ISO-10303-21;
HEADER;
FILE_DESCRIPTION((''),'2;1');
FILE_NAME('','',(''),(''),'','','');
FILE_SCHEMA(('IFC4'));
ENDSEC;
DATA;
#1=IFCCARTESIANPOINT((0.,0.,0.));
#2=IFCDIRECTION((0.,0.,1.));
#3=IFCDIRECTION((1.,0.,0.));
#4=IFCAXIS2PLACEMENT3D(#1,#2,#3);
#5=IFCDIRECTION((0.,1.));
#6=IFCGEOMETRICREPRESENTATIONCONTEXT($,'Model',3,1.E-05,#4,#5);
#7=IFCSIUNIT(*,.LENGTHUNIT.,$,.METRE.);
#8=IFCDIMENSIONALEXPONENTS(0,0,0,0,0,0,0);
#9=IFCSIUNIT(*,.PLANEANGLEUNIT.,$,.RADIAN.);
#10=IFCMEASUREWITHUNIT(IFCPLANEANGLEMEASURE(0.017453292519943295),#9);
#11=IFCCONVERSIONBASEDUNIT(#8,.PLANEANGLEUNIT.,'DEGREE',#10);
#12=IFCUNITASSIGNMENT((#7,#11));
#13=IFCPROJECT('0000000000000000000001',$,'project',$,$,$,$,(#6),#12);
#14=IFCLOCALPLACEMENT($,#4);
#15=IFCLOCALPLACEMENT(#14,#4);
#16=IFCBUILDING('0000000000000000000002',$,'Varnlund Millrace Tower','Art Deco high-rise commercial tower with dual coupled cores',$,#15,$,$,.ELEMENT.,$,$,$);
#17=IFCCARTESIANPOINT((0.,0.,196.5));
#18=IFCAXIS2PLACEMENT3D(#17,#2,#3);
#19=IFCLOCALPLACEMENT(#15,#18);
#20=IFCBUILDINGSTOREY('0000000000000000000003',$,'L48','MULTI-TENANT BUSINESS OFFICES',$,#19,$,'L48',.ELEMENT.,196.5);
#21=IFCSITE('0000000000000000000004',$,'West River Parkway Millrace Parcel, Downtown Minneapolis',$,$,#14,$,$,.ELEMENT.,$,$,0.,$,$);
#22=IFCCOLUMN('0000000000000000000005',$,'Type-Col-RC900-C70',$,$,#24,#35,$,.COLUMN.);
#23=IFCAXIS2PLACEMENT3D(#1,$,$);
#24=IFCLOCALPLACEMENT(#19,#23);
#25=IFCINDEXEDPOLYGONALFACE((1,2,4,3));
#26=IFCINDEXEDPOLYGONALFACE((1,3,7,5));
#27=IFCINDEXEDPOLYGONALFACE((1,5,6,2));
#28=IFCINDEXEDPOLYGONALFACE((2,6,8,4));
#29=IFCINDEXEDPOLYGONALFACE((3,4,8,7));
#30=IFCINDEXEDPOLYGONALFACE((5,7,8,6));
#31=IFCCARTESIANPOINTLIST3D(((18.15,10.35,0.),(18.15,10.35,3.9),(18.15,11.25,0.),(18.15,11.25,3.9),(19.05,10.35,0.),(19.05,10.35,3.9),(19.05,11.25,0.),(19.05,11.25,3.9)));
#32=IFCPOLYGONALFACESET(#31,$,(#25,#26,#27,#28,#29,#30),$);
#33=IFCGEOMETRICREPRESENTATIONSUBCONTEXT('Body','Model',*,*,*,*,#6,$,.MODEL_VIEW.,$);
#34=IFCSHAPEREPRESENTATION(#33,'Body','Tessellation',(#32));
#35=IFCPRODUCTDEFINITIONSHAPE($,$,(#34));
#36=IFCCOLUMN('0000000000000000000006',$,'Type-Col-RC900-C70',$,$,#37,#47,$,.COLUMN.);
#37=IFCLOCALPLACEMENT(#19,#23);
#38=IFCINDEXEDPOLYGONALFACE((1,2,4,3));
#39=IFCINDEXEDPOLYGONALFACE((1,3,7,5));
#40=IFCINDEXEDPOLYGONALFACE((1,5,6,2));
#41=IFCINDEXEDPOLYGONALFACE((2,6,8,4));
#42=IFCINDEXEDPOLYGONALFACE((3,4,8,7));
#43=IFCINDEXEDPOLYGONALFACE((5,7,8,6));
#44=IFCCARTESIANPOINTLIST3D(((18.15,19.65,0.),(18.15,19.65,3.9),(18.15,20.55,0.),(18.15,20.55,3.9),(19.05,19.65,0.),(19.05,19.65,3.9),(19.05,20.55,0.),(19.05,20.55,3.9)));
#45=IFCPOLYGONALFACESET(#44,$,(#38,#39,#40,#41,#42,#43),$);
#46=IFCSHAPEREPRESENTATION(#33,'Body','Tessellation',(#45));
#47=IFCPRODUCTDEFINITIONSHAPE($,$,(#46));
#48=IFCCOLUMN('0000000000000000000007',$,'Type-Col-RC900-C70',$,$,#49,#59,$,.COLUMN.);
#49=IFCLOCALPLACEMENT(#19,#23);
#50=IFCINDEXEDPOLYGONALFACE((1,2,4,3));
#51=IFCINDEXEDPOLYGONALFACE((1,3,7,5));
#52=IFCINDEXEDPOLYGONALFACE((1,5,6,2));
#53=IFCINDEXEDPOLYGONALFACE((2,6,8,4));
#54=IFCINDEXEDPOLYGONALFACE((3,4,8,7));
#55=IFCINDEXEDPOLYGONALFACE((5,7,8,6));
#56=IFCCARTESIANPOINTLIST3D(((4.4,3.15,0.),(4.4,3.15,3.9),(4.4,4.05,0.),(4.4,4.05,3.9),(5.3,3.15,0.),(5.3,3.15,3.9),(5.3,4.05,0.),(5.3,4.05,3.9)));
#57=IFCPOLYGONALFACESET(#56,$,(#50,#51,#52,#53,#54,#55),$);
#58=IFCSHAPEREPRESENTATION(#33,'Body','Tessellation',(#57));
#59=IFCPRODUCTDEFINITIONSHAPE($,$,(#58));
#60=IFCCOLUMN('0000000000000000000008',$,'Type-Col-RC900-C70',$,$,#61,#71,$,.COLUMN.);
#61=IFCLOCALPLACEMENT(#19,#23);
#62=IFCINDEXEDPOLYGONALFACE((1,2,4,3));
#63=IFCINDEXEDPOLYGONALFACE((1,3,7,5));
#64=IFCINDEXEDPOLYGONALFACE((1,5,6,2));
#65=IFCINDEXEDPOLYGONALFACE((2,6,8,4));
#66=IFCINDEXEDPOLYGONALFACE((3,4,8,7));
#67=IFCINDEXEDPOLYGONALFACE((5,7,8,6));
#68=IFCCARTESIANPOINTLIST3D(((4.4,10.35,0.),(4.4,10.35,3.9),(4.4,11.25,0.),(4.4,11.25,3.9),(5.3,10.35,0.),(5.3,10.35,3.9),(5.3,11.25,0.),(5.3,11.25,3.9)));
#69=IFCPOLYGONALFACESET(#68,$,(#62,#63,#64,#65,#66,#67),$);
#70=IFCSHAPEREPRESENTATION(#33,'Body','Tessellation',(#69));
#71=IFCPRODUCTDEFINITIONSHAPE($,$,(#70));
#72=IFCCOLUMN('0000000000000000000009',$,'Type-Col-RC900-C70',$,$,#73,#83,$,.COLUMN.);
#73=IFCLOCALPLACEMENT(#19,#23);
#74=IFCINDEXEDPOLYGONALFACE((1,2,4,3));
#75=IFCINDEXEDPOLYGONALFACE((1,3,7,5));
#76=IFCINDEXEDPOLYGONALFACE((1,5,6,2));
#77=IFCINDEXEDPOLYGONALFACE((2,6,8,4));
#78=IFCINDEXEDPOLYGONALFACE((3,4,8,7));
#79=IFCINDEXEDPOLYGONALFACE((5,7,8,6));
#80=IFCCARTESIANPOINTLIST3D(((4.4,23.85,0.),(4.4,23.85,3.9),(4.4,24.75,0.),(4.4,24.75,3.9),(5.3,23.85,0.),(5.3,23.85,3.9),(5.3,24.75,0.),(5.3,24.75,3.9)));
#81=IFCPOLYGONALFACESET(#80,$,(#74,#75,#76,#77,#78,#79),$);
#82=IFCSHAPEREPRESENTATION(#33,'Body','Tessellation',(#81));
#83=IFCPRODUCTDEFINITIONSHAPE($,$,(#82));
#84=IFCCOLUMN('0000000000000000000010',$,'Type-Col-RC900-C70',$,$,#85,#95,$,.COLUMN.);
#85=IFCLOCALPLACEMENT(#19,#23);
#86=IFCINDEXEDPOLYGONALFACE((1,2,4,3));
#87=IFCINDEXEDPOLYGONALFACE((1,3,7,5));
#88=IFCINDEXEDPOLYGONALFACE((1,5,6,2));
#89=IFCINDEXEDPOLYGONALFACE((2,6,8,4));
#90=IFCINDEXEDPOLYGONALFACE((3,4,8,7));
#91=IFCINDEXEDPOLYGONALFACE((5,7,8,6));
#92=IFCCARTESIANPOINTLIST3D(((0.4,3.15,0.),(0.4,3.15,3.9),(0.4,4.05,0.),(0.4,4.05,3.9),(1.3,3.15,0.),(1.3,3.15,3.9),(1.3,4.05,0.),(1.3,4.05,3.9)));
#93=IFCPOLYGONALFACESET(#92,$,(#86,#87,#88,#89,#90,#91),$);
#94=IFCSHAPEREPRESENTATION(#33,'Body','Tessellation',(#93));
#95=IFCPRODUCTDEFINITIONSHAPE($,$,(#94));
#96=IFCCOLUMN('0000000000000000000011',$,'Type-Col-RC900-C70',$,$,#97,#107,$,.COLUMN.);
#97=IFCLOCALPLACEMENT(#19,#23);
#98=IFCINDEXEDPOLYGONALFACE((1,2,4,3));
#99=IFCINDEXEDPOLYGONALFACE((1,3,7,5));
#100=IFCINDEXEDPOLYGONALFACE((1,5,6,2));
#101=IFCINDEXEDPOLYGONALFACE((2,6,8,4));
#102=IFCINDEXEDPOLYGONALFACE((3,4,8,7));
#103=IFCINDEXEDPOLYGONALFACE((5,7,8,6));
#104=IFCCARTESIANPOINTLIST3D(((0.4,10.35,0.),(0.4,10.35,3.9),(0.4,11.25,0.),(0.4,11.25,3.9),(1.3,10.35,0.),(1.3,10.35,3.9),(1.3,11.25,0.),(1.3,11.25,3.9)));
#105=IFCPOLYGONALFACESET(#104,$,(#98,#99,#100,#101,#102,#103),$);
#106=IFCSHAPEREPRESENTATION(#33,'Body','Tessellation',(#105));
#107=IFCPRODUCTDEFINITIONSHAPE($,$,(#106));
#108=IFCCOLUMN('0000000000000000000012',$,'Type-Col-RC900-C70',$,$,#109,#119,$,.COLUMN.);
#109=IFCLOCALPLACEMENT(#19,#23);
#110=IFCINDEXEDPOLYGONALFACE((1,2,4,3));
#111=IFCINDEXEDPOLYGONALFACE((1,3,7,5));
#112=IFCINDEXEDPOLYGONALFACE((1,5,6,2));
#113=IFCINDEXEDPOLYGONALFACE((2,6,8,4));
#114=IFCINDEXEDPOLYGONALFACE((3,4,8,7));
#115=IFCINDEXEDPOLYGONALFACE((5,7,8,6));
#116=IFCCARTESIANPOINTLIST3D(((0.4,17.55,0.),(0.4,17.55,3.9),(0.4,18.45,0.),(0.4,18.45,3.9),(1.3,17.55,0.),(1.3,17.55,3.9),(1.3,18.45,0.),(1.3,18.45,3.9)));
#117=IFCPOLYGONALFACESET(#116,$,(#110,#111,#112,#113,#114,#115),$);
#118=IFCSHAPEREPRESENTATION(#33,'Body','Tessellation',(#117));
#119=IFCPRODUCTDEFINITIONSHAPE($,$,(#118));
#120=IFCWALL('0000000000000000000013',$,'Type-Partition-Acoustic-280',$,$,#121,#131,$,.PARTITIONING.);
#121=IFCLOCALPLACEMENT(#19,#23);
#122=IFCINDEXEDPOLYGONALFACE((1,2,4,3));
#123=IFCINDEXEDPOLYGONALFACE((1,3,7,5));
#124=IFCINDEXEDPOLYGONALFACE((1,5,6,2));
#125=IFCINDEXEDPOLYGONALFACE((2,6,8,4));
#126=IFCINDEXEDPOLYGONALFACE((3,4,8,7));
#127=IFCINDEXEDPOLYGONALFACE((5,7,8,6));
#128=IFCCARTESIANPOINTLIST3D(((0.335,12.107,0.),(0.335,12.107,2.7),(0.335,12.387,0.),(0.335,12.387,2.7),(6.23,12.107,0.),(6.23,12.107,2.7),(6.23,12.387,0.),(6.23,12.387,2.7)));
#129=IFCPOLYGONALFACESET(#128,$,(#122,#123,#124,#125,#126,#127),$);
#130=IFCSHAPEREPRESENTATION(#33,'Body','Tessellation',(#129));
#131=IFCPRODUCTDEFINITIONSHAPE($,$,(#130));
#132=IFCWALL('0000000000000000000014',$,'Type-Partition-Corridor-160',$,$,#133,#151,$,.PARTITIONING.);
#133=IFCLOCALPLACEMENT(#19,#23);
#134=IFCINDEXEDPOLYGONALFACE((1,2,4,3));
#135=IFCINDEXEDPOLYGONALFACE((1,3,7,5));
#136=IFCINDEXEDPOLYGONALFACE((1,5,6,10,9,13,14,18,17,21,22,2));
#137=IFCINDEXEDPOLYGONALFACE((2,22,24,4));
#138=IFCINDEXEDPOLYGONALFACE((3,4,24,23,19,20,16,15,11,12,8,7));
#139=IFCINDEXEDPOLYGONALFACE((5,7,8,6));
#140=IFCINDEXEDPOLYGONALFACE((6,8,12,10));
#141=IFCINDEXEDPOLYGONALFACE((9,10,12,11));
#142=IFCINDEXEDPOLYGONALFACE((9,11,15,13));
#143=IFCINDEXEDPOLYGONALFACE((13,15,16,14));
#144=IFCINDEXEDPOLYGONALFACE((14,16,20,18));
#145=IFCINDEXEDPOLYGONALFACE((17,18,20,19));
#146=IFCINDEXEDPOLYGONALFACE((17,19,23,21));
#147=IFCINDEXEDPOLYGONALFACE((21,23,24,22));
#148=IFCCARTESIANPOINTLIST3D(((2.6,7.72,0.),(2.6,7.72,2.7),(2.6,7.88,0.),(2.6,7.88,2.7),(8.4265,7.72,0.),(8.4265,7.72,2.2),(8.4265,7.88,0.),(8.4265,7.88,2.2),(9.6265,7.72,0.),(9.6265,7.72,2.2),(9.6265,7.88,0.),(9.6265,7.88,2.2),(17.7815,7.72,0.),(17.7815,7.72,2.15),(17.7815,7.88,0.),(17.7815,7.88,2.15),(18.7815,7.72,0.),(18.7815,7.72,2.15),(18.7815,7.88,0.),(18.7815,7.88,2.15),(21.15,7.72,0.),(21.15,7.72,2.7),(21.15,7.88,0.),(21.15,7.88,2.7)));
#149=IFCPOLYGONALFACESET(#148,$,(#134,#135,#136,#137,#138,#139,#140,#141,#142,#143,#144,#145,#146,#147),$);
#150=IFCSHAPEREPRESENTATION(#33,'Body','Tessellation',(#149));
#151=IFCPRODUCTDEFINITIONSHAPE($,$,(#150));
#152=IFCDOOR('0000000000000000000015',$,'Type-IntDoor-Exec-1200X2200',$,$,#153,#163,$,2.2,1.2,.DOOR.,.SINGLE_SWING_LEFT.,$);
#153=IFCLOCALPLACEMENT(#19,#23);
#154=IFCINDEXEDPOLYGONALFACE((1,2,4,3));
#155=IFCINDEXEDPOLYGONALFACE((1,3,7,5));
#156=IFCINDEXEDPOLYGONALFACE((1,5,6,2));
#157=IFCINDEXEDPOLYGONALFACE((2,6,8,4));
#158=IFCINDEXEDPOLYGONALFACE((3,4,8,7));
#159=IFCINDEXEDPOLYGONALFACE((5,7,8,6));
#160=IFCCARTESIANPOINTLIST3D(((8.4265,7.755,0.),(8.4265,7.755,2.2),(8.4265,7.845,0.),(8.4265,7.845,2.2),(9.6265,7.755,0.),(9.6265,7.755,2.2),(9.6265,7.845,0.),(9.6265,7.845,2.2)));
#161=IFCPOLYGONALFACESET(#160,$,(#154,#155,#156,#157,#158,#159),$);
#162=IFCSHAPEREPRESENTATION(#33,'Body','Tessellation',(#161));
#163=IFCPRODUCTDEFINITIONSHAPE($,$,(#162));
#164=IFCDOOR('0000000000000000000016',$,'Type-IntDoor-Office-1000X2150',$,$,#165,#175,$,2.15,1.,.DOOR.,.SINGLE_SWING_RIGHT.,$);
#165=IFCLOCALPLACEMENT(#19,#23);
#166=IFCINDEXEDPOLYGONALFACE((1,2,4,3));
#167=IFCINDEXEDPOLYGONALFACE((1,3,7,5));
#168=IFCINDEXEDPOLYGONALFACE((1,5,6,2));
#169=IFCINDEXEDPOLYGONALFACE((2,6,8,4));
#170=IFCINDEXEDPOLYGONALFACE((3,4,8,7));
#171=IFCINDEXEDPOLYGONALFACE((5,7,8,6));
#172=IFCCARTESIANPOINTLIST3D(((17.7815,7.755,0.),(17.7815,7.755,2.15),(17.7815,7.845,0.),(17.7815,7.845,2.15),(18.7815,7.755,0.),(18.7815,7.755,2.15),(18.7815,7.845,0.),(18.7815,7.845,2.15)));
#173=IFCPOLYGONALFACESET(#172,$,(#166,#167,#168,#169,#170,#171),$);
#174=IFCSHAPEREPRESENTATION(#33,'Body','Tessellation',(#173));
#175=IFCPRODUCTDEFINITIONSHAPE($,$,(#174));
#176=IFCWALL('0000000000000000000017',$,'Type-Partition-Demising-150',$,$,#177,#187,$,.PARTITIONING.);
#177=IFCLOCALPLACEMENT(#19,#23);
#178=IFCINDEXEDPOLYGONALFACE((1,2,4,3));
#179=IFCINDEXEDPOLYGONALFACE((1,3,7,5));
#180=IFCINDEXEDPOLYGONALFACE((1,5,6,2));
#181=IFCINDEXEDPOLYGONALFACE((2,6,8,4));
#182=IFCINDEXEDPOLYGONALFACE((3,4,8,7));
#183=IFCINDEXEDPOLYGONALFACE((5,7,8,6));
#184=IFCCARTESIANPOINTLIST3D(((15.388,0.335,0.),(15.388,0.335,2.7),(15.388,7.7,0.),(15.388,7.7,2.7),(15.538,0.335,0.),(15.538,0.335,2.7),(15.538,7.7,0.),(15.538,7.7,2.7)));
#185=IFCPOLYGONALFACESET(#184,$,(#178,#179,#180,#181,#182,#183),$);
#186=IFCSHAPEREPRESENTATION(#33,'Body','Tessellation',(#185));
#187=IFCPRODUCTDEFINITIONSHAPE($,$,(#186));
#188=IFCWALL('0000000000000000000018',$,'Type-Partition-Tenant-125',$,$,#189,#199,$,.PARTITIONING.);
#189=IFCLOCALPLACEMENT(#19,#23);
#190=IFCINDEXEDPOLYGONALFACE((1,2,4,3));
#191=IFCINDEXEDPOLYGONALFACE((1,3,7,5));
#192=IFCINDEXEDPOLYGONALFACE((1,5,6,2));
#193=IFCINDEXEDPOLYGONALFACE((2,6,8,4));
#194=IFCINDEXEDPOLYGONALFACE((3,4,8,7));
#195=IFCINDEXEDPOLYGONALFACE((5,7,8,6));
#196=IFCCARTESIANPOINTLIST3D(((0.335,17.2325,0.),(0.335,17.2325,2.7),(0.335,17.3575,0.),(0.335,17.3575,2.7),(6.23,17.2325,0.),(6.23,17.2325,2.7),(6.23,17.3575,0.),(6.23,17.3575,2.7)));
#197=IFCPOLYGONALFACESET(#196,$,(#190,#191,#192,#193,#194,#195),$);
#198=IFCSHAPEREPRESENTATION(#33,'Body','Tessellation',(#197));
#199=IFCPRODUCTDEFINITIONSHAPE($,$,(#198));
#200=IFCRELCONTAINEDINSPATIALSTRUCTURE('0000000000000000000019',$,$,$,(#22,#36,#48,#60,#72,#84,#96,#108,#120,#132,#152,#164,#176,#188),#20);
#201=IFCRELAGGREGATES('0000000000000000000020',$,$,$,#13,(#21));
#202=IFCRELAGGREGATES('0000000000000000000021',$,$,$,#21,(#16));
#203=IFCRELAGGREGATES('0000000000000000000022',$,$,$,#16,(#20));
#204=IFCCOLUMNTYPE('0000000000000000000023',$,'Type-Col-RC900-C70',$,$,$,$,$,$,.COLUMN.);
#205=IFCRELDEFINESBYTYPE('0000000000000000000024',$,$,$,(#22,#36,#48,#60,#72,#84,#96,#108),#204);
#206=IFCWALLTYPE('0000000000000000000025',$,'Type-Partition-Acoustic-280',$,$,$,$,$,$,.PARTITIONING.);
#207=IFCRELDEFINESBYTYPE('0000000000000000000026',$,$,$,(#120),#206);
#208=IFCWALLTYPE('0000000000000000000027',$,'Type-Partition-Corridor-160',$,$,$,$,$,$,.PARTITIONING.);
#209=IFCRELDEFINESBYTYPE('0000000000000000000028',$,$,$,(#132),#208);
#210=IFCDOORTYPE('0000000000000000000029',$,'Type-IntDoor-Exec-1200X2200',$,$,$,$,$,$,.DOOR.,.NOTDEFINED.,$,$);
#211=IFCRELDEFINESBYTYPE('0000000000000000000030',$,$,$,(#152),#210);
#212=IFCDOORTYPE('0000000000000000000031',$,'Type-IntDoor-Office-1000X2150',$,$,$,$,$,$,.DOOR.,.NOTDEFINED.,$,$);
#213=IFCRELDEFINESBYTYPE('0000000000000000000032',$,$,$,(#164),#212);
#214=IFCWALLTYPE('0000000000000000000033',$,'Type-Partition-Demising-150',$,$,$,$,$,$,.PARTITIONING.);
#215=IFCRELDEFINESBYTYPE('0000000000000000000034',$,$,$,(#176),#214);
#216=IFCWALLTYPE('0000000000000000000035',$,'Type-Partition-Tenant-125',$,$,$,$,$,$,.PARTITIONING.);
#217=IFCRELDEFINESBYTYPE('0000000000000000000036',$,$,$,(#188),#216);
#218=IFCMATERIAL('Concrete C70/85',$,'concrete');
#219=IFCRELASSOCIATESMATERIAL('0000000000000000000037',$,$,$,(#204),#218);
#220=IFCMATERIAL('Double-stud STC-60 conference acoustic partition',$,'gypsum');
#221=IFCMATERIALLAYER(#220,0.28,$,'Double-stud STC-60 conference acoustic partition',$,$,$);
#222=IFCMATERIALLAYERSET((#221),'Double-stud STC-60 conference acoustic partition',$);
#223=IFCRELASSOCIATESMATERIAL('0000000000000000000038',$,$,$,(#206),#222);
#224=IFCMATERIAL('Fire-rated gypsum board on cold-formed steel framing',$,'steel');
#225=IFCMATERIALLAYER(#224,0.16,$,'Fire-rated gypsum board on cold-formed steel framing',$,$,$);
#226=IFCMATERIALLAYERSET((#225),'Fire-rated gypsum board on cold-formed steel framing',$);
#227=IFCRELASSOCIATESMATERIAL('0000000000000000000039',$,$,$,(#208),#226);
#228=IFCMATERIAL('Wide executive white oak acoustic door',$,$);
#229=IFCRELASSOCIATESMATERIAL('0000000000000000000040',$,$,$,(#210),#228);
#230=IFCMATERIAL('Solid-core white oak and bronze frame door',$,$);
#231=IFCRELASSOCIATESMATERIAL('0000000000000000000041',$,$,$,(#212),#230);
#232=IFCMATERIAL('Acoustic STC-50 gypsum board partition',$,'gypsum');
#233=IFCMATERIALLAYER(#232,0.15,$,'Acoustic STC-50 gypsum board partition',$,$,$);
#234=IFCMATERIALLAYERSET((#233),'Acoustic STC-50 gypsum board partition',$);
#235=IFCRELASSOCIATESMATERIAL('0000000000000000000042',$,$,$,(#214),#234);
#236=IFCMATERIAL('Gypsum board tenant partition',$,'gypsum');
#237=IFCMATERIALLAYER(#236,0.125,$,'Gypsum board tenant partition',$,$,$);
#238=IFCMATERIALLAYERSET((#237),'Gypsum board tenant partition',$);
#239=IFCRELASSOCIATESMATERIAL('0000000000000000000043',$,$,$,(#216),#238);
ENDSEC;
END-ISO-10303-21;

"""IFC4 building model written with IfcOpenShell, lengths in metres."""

from ifc_helpers import new_model, entity, si_unit, converted_unit, direction, frame, origin_with_axes, origin_2d_with_axis, place, context, subcontext, project, spatial, polyline, rectangle, outline, extrude, material, layer, layer_set, material_profile, profile_set, type_object, element, fill, save


model = new_model("IFC4")

# Units and contexts
model_context = context("Model", 3, precision=1e-05, world=origin_with_axes(), true_north=direction((0.0, 1.0)))
body_context = subcontext(model_context, "Body", "Model", "MODEL_VIEW")
ifc_project = project(units=[si_unit("LENGTHUNIT", "METRE"), converted_unit("PLANEANGLEUNIT", "DEGREE", entity("IfcPlaneAngleMeasure", 0.017453292519943295), si_unit("PLANEANGLEUNIT", "RADIAN"), dimensions=[0, 0, 0, 0, 0, 0, 0])], contexts=[model_context])

# Site, building, storey
site_placement = place(None, origin_with_axes())
site = spatial("IfcSite", under=ifc_project, at=site_placement, Name="West River Parkway Millrace Parcel, Downtown Minneapolis", CompositionType="ELEMENT", RefElevation=0.0)
building_placement = place(site_placement, origin_with_axes())
building = spatial("IfcBuilding", under=site, at=building_placement, Name="Varnlund Millrace Tower", Description="Art Deco high-rise commercial tower with dual coupled cores", CompositionType="ELEMENT")
storey_placement = place(building_placement, frame((0.0, 0.0, 196.5), z_axis=(0.0, 0.0, 1.0), x_axis=(1.0, 0.0, 0.0)))
storey = spatial("IfcBuildingStorey", under=building, at=storey_placement, Name="L48", Description="MULTI-TENANT BUSINESS OFFICES", LongName="L48", CompositionType="ELEMENT", Elevation=196.5)

# Columns
ifc_material_1 = material(Name="Concrete C70/85", Category="concrete")
ifc_material_profile = material_profile(ifc_material_1, rectangle(XDim=0.9, YDim=0.9, at=origin_2d_with_axis()), Name="Concrete C70/85")
ifc_profile_set = profile_set([ifc_material_profile], Name="Concrete C70/85")
column_type = type_object("IfcColumnType", Name="Type-Col-RC900-C70", PredefinedType="COLUMN", material=ifc_profile_set)
for number, where, z_axis, x_axis, name in (
    (1, (18.6, 10.8, 0.0), (0.0, 0.0, 1.0), (1.0, 0.0, 0.0), "Type-Col-RC900-C70"),
    (2, (18.6, 20.1, 0.0), (0.0, 0.0, 1.0), (1.0, 0.0, 0.0), "Type-Col-RC900-C70"),
    (3, (4.85, 3.6, 0.0), (0.0, 0.0, 1.0), (1.0, 0.0, 0.0), "Type-Col-RC900-C70"),
    (4, (4.85, 10.8, 0.0), (0.0, 0.0, 1.0), (1.0, 0.0, 0.0), "Type-Col-RC900-C70"),
    (5, (4.85, 24.3, 0.0), (0.0, 0.0, 1.0), (1.0, 0.0, 0.0), "Type-Col-RC900-C70"),
    (6, (0.85, 3.6, 0.0), (0.0, 0.0, 1.0), (1.0, 0.0, 0.0), "Type-Col-RC900-C70"),
    (7, (0.85, 10.8, 0.0), (0.0, 0.0, 1.0), (1.0, 0.0, 0.0), "Type-Col-RC900-C70"),
    (8, (0.85, 18.0, 0.0), (0.0, 0.0, 1.0), (1.0, 0.0, 0.0), "Type-Col-RC900-C70"),
):
    element("IfcColumn", number, at=place(storey_placement, frame(where, z_axis=z_axis, x_axis=x_axis)), inside=storey, type_object=column_type, Name=name, PredefinedType="COLUMN", context=body_context, shape_type="SweptSolid", body=[
        extrude(rectangle(XDim=0.9, YDim=0.9, at=origin_2d_with_axis()), origin_with_axes(), (0.0, 0.0, 1.0), 3.9),
    ])

# Wall
ifc_material_2 = material(Name="Double-stud STC-60 conference acoustic partition", Category="gypsum")
ifc_layer_1 = layer(ifc_material_2, 0.28, Name="Double-stud STC-60 conference acoustic partition")
ifc_layer_set_1 = layer_set([ifc_layer_1], Name="Double-stud STC-60 conference acoustic partition")
wall_type_1 = type_object("IfcWallType", Name="Type-Partition-Acoustic-280", PredefinedType="PARTITIONING", material=ifc_layer_set_1)
wall_1_placement = place(storey_placement, frame((0.335, 12.247, 0.0), z_axis=(0.0, 0.0, 1.0), x_axis=(1.0, 0.0, 0.0)))
element("IfcWall", 9, at=wall_1_placement, inside=storey, type_object=wall_type_1, Name="Type-Partition-Acoustic-280", PredefinedType="PARTITIONING", context=body_context, shape_type="SweptSolid", body=[
    extrude(outline(polyline([(0.0, -0.14), (5.895, -0.14), (5.895, 0.14), (0.0, 0.14), (0.0, -0.14)])), origin_with_axes(), (0.0, 0.0, 1.0), 2.7),
])

# Wall, openings, doors
ifc_material_3 = material(Name="Fire-rated gypsum board on cold-formed steel framing", Category="steel")
ifc_layer_2 = layer(ifc_material_3, 0.16, Name="Fire-rated gypsum board on cold-formed steel framing")
ifc_layer_set_2 = layer_set([ifc_layer_2], Name="Fire-rated gypsum board on cold-formed steel framing")
wall_type_2 = type_object("IfcWallType", Name="Type-Partition-Corridor-160", PredefinedType="PARTITIONING", material=ifc_layer_set_2)
wall_2_placement = place(storey_placement, frame((2.6, 7.8, 0.0), z_axis=(0.0, 0.0, 1.0), x_axis=(1.0, 0.0, 0.0)))
wall_2 = element("IfcWall", 10, at=wall_2_placement, inside=storey, type_object=wall_type_2, Name="Type-Partition-Corridor-160", PredefinedType="PARTITIONING", context=body_context, shape_type="SweptSolid", body=[
    extrude(outline(polyline([(0.0, -0.08), (18.55, -0.08), (18.55, 0.08), (0.0, 0.08), (0.0, -0.08)])), origin_with_axes(), (0.0, 0.0, 1.0), 2.7),
])
opening_1_placement = place(wall_2_placement, frame((6.4265, 0.0, 0.0), z_axis=(0.0, 0.0, 1.0), x_axis=(1.0, 0.0, 0.0)))
opening_1 = element("IfcOpeningElement", 11, at=opening_1_placement, cuts=wall_2, PredefinedType="OPENING", context=body_context, shape_type="SweptSolid", body=[
    extrude(rectangle(XDim=1.2, YDim=0.18, at=origin_2d_with_axis()), origin_with_axes(), (0.0, 0.0, 1.0), 2.2),
])
opening_2_placement = place(wall_2_placement, frame((15.6815, 0.0, 0.0), z_axis=(0.0, 0.0, 1.0), x_axis=(1.0, 0.0, 0.0)))
opening_2 = element("IfcOpeningElement", 12, at=opening_2_placement, cuts=wall_2, PredefinedType="OPENING", context=body_context, shape_type="SweptSolid", body=[
    extrude(rectangle(XDim=1.0, YDim=0.18, at=origin_2d_with_axis()), origin_with_axes(), (0.0, 0.0, 1.0), 2.15),
])
ifc_material_4 = material(Name="Wide executive white oak acoustic door")
door_type_1 = type_object("IfcDoorType", Name="Type-IntDoor-Exec-1200X2200", OperationType="NOTDEFINED", PredefinedType="DOOR", material=ifc_material_4)
door_1_placement = place(wall_2_placement, frame((6.4265, 0.0, 0.0), z_axis=(0.0, 0.0, 1.0), x_axis=(1.0, 0.0, 0.0)))
door_1 = element("IfcDoor", 13, at=door_1_placement, inside=storey, type_object=door_type_1, Name="Type-IntDoor-Exec-1200X2200", OperationType="SINGLE_SWING_LEFT", OverallHeight=2.2, OverallWidth=1.2, PredefinedType="DOOR", context=body_context, shape_type="SweptSolid", body=[
    extrude(rectangle(XDim=1.2, YDim=0.09, at=origin_2d_with_axis()), origin_with_axes(), (0.0, 0.0, 1.0), 2.2),
])
fill(opening_1, door_1)
ifc_material_5 = material(Name="Solid-core white oak and bronze frame door")
door_type_2 = type_object("IfcDoorType", Name="Type-IntDoor-Office-1000X2150", OperationType="NOTDEFINED", PredefinedType="DOOR", material=ifc_material_5)
door_2_placement = place(wall_2_placement, frame((15.6815, 0.0, 0.0), z_axis=(0.0, 0.0, 1.0), x_axis=(1.0, 0.0, 0.0)))
door_2 = element("IfcDoor", 14, at=door_2_placement, inside=storey, type_object=door_type_2, Name="Type-IntDoor-Office-1000X2150", OperationType="SINGLE_SWING_RIGHT", OverallHeight=2.15, OverallWidth=1.0, PredefinedType="DOOR", context=body_context, shape_type="SweptSolid", body=[
    extrude(rectangle(XDim=1.0, YDim=0.09, at=origin_2d_with_axis()), origin_with_axes(), (0.0, 0.0, 1.0), 2.15),
])
fill(opening_2, door_2)

# Walls
ifc_material_6 = material(Name="Acoustic STC-50 gypsum board partition", Category="gypsum")
ifc_layer_3 = layer(ifc_material_6, 0.15, Name="Acoustic STC-50 gypsum board partition")
ifc_layer_set_3 = layer_set([ifc_layer_3], Name="Acoustic STC-50 gypsum board partition")
wall_type_3 = type_object("IfcWallType", Name="Type-Partition-Demising-150", PredefinedType="PARTITIONING", material=ifc_layer_set_3)
wall_3_placement = place(storey_placement, frame((15.463, 0.335, 0.0), z_axis=(0.0, 0.0, 1.0), x_axis=(0.0, 1.0, 0.0)))
element("IfcWall", 15, at=wall_3_placement, inside=storey, type_object=wall_type_3, Name="Type-Partition-Demising-150", PredefinedType="PARTITIONING", context=body_context, shape_type="SweptSolid", body=[
    extrude(outline(polyline([(0.0, -0.075), (7.365, -0.075), (7.365, 0.075), (0.0, 0.075), (0.0, -0.075)])), origin_with_axes(), (0.0, 0.0, 1.0), 2.7),
])
ifc_material_7 = material(Name="Gypsum board tenant partition", Category="gypsum")
ifc_layer_4 = layer(ifc_material_7, 0.125, Name="Gypsum board tenant partition")
ifc_layer_set_4 = layer_set([ifc_layer_4], Name="Gypsum board tenant partition")
wall_type_4 = type_object("IfcWallType", Name="Type-Partition-Tenant-125", PredefinedType="PARTITIONING", material=ifc_layer_set_4)
for number, where, z_axis, x_axis, name in (
    (16, (0.335, 17.295, 0.0), (0.0, 0.0, 1.0), (1.0, 0.0, 0.0), "Type-Partition-Tenant-125"),
):
    element("IfcWall", number, at=place(storey_placement, frame(where, z_axis=z_axis, x_axis=x_axis)), inside=storey, type_object=wall_type_4, Name=name, PredefinedType="PARTITIONING", context=body_context, shape_type="SweptSolid", body=[
        extrude(outline(polyline([(0.0, -0.0625), (5.895, -0.0625), (5.895, 0.0625), (0.0, 0.0625), (0.0, -0.0625)])), origin_with_axes(), (0.0, 0.0, 1.0), 2.7),
    ])

save(model, "model.ifc")
